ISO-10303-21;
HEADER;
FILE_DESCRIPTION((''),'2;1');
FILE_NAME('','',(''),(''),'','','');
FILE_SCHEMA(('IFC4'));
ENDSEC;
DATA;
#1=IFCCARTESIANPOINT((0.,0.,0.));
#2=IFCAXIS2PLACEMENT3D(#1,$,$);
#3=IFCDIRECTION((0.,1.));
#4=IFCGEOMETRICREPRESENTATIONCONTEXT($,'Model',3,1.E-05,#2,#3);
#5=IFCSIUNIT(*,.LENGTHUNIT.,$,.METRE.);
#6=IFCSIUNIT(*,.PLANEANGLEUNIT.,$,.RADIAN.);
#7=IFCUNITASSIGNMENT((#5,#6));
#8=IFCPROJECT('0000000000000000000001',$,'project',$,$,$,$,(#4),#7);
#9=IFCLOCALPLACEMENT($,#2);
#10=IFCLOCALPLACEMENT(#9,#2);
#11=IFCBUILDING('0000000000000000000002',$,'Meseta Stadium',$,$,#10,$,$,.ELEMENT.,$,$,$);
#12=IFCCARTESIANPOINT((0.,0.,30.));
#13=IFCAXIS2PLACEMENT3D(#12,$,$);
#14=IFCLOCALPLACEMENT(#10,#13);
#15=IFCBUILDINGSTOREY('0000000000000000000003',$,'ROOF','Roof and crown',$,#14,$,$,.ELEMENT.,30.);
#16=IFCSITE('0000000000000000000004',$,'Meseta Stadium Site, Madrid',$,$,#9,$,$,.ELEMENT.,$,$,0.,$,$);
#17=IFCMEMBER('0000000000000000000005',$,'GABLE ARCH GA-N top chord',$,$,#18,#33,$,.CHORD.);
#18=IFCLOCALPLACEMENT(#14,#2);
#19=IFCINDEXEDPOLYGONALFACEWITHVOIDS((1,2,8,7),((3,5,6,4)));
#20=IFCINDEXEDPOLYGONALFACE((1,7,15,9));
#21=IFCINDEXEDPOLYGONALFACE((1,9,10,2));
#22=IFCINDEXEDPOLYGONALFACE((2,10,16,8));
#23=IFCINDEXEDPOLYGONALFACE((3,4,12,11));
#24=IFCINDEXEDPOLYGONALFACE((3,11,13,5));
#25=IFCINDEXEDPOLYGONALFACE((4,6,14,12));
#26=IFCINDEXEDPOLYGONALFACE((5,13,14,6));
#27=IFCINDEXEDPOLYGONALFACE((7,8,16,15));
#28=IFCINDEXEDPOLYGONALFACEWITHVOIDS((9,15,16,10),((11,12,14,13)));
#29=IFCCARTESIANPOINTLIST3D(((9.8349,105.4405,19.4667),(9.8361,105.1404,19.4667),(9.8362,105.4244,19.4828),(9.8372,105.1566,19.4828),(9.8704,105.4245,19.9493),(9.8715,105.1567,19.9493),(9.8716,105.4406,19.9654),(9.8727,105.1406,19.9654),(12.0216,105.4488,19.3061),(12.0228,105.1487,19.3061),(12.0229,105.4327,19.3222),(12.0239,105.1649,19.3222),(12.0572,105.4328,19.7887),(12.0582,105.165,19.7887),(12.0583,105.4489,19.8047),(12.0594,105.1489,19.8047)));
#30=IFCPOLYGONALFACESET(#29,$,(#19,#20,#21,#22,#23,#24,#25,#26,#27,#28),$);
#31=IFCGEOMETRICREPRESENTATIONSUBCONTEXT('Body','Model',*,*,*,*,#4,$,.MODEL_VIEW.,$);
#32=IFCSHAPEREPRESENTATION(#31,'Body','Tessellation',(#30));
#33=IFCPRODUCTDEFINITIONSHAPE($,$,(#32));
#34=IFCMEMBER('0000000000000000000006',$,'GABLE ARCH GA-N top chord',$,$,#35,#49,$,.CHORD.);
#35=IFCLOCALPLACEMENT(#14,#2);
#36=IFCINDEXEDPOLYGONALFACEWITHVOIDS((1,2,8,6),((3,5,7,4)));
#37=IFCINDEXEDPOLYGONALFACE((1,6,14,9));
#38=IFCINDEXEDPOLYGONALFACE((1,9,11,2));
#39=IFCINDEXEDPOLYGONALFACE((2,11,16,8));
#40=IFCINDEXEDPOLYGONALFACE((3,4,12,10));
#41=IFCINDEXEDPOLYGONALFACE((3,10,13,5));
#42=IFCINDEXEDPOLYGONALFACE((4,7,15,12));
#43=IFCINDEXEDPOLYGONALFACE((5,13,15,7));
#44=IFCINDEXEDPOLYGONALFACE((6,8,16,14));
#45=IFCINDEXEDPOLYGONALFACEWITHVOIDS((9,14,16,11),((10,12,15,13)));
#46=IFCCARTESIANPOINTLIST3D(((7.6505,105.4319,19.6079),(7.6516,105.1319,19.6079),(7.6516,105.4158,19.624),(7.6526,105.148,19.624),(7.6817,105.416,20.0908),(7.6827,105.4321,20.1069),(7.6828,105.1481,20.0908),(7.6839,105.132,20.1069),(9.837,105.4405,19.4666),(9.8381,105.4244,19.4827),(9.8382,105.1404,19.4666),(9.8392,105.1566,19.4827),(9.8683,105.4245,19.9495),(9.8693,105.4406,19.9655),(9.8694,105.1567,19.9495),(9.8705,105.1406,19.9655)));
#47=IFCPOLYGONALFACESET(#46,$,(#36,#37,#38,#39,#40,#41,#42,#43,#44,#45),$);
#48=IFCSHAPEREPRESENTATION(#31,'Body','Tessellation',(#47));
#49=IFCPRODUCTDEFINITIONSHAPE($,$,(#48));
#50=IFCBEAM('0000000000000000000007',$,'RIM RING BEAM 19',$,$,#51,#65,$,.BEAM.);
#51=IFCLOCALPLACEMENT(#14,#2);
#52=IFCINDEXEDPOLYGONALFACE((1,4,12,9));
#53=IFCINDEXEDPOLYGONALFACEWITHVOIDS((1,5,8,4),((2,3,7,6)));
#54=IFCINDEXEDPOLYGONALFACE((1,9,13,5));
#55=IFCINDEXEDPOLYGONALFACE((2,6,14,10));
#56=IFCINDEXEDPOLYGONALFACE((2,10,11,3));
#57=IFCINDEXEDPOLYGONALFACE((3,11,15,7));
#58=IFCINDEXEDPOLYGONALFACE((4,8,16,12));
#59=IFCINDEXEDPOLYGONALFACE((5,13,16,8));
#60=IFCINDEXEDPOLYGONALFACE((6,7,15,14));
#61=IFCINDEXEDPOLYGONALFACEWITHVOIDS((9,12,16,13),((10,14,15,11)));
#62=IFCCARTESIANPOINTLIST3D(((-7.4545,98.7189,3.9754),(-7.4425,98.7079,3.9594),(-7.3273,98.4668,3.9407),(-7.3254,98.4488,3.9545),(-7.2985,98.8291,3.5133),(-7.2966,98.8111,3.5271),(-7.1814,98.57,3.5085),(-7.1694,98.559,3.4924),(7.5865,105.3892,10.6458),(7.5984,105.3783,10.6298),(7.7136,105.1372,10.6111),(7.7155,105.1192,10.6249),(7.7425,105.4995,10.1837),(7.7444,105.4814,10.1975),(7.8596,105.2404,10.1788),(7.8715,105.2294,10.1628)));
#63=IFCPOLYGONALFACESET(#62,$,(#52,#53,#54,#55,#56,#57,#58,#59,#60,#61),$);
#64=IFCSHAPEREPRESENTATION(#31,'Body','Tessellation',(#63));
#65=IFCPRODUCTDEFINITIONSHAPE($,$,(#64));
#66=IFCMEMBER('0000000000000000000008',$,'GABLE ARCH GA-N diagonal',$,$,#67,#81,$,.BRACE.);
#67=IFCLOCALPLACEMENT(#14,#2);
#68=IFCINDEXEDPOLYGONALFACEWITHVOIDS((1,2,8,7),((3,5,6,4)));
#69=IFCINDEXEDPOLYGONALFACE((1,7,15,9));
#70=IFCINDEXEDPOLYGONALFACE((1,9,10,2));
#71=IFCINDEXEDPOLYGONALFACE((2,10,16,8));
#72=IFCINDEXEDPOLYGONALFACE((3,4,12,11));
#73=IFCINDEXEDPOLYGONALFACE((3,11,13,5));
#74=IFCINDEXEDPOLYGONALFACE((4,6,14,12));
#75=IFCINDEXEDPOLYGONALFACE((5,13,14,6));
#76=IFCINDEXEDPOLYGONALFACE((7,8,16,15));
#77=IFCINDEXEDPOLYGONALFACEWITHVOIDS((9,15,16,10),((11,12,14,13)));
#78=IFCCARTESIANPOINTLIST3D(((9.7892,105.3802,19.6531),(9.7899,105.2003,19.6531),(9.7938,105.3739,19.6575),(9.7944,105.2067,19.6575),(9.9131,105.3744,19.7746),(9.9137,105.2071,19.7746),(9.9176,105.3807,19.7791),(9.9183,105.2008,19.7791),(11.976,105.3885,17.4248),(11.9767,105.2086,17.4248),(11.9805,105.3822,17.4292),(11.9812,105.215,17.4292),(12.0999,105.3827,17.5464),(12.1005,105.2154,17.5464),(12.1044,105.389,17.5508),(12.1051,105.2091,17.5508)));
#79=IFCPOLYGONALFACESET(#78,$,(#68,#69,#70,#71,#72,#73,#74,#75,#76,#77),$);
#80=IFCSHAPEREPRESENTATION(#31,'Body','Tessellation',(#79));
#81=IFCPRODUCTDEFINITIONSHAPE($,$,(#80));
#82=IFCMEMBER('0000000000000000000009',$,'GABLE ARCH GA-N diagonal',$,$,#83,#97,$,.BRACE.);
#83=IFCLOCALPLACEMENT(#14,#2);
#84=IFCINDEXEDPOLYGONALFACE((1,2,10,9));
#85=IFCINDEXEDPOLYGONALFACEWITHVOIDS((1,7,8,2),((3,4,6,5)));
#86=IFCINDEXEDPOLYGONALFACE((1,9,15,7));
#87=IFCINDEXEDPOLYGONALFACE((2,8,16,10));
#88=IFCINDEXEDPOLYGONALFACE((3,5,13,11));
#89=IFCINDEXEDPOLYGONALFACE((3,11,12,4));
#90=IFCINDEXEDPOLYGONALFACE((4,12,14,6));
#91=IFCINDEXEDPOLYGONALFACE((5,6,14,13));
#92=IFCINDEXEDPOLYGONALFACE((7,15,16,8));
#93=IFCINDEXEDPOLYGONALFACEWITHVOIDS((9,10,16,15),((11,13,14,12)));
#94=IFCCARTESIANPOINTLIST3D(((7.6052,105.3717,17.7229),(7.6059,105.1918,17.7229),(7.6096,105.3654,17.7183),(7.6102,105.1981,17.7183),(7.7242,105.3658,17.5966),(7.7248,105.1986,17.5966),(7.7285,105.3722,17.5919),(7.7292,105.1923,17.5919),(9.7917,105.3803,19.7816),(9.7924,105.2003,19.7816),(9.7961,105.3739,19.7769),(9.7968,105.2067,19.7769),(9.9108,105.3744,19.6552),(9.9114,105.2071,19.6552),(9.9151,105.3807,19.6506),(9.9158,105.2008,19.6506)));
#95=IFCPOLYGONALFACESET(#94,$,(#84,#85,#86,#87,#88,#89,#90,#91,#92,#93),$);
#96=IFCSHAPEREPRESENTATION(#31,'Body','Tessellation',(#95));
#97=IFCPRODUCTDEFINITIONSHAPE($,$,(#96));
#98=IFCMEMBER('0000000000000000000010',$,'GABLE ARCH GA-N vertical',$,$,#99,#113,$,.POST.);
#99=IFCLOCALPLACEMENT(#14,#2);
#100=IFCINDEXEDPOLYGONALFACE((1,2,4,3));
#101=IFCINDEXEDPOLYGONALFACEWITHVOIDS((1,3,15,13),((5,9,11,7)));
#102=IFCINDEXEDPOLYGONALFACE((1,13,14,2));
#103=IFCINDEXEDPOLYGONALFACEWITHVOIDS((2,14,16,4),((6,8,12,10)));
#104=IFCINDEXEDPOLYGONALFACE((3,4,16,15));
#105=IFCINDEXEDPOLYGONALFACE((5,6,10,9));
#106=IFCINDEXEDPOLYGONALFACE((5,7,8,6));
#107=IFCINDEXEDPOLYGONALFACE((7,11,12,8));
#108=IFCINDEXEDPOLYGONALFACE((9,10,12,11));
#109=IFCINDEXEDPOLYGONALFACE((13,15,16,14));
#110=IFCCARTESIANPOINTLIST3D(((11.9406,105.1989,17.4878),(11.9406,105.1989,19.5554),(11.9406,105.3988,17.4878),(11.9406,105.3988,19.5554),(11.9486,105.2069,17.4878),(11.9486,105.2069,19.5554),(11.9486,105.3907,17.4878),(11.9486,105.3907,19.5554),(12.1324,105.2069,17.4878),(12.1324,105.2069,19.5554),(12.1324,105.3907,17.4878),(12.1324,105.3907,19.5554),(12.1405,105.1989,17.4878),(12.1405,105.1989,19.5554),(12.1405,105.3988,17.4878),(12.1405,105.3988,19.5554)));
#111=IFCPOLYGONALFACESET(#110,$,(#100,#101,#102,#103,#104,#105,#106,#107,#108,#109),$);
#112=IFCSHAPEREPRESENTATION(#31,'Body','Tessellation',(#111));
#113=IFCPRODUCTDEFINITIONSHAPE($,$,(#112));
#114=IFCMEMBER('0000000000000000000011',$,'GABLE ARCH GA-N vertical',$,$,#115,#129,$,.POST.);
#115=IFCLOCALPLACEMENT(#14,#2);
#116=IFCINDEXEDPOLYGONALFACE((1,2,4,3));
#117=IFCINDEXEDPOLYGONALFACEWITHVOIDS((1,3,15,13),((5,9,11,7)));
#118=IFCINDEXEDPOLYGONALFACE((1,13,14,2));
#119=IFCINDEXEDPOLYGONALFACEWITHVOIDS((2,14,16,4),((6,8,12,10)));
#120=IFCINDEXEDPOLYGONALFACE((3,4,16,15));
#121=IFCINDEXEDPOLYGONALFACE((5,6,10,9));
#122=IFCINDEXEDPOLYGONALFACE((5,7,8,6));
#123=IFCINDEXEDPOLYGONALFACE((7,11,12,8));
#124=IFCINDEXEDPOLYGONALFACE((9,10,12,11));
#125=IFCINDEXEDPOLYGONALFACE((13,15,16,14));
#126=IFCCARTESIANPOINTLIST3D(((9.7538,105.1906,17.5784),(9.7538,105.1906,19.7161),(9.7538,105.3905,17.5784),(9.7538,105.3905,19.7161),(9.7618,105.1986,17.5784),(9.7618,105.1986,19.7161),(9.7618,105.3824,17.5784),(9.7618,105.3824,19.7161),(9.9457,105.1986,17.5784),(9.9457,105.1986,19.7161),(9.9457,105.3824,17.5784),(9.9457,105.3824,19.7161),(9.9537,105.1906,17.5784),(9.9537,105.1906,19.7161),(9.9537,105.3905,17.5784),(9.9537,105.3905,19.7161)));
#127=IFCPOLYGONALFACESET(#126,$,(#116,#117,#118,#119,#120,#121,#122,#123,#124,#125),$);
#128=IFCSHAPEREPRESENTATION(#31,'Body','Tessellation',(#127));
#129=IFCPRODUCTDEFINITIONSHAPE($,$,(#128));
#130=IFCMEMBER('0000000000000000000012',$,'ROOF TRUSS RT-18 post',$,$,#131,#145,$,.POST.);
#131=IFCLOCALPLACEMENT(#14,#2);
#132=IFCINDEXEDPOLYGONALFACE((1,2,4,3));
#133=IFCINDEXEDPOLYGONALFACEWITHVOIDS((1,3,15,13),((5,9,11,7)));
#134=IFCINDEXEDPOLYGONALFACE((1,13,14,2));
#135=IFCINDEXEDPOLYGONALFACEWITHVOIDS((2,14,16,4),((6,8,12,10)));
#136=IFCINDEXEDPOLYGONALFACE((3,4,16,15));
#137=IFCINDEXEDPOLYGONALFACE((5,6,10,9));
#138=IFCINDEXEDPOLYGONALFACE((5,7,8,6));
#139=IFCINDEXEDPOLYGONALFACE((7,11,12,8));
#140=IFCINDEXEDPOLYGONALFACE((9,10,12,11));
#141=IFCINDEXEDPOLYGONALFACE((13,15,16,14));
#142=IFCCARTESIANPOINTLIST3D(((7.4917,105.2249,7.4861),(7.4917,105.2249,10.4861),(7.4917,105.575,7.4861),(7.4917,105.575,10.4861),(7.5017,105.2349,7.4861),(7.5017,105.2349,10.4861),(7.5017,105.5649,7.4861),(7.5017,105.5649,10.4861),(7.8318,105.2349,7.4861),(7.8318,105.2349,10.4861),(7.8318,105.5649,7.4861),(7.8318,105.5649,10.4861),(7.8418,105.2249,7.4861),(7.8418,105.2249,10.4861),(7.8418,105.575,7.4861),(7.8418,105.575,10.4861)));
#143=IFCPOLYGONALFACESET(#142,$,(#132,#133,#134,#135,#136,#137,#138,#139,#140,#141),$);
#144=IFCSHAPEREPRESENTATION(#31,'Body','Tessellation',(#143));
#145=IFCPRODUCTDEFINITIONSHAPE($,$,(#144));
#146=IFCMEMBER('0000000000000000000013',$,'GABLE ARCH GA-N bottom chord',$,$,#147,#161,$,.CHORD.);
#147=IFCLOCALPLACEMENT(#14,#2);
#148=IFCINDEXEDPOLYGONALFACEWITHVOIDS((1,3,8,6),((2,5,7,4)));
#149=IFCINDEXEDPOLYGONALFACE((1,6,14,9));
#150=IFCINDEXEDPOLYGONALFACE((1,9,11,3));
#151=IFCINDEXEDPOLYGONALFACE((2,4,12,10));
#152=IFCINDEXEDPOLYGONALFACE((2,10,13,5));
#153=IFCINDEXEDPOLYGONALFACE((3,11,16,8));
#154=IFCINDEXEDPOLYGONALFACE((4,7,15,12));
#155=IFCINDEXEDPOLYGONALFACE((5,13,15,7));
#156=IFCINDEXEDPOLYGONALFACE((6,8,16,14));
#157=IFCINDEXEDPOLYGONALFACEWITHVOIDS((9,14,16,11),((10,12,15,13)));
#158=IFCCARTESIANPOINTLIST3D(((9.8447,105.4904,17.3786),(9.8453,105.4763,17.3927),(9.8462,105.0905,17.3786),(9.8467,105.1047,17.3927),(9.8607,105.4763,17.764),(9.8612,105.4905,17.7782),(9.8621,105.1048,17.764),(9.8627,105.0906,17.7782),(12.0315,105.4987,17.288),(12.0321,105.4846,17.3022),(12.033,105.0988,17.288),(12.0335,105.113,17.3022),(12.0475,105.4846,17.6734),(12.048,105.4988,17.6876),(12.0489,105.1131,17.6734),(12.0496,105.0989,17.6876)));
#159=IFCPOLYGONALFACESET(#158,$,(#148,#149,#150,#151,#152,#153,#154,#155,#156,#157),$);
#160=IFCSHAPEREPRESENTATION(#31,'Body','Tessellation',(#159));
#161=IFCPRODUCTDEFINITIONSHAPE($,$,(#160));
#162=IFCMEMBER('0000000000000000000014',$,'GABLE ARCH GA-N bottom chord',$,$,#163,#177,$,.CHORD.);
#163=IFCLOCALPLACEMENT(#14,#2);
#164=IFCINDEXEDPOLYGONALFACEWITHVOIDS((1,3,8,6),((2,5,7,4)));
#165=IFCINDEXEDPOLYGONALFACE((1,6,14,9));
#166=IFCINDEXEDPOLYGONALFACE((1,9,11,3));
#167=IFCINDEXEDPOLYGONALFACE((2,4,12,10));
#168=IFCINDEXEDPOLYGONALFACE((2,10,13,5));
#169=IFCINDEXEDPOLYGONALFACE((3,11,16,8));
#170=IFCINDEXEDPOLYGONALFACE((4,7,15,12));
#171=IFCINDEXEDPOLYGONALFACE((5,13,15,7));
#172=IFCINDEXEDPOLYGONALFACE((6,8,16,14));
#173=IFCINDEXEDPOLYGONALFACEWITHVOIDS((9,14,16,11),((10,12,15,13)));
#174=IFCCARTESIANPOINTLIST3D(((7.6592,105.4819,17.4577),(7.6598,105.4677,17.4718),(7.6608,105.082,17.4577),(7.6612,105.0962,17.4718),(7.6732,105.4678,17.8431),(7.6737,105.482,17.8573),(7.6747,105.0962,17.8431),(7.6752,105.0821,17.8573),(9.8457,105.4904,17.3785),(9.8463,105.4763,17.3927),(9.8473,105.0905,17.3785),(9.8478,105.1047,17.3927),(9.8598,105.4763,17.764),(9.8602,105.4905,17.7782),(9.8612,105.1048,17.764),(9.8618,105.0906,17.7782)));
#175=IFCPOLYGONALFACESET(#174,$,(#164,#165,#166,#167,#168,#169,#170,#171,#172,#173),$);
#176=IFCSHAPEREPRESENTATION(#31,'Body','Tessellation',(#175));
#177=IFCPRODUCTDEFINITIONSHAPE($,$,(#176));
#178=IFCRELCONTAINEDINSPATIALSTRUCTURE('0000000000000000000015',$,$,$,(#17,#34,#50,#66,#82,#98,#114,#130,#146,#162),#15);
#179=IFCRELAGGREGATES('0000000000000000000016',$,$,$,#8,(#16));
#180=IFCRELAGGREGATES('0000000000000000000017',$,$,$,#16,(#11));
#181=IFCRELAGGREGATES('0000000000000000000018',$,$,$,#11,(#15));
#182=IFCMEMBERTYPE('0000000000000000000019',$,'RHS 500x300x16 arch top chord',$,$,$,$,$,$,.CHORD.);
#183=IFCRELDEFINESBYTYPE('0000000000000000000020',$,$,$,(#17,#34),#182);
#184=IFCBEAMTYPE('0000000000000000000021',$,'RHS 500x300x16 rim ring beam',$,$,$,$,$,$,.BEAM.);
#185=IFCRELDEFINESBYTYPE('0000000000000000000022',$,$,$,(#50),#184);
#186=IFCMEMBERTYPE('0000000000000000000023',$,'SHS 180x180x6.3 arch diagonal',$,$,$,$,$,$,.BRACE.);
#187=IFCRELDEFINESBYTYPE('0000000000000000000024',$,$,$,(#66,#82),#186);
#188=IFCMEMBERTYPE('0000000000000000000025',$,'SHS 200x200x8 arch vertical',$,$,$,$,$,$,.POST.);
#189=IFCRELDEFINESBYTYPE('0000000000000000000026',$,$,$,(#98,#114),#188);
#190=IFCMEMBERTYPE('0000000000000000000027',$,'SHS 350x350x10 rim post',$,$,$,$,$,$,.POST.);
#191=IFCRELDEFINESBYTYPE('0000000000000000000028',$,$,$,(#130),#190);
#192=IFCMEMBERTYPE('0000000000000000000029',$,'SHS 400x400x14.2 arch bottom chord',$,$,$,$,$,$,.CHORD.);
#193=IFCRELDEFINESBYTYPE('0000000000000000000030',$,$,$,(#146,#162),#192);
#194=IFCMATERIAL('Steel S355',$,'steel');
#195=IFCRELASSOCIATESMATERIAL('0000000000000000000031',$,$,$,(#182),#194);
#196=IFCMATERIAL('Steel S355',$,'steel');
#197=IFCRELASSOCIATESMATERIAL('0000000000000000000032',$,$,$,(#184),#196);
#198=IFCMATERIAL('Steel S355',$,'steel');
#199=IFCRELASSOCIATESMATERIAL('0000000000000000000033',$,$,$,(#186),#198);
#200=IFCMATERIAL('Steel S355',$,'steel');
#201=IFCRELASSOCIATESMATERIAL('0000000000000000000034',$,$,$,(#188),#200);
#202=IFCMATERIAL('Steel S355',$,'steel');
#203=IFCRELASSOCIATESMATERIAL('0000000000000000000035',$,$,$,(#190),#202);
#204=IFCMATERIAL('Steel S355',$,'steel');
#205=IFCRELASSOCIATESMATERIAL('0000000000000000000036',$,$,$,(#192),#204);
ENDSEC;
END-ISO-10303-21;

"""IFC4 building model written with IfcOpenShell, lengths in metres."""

from ifc_helpers import new_model, si_unit, direction, frame, origin, origin_2d, place, context, subcontext, project, spatial, hollow_rectangle, extrude, material, material_profile, profile_set, type_object, element, save


model = new_model("IFC4")

# Units and contexts
model_context = context("Model", 3, precision=1e-05, world=origin(), true_north=direction((0.0, 1.0)))
body_context = subcontext(model_context, "Body", "Model", "MODEL_VIEW")
ifc_project = project(units=[si_unit("LENGTHUNIT", "METRE"), si_unit("PLANEANGLEUNIT", "RADIAN")], contexts=[model_context])

# Site, building, storey
site_placement = place(None, origin())
site = spatial("IfcSite", under=ifc_project, at=site_placement, Name="Meseta Stadium Site, Madrid", CompositionType="ELEMENT", RefElevation=0.0)
building_placement = place(site_placement, origin())
building = spatial("IfcBuilding", under=site, at=building_placement, Name="Meseta Stadium", CompositionType="ELEMENT")
storey_placement = place(building_placement, frame((0.0, 0.0, 30.0)))
storey = spatial("IfcBuildingStorey", under=building, at=storey_placement, Name="ROOF", Description="Roof and crown", CompositionType="ELEMENT", Elevation=30.0)

# Members
ifc_material_1 = material(Name="Steel S355", Category="steel")
ifc_material_profile_1 = material_profile(ifc_material_1, hollow_rectangle(XDim=0.3, YDim=0.5, WallThickness=0.0161, at=origin_2d()), Name="RHS 500x300x16")
ifc_profile_set_1 = profile_set([ifc_material_profile_1], Name="Steel S355")
member_type_1 = type_object("IfcMemberType", Name="RHS 500x300x16 arch top chord", PredefinedType="CHORD", material=ifc_profile_set_1)
member_1_placement = place(storey_placement, frame((12.0405, 105.2988, 19.5554), z_axis=(-0.997305, -0.003786, 0.073264), x_axis=(0.003796, -0.999993, 0.0)))
element("IfcMember", 1, at=member_1_placement, inside=storey, type_object=member_type_1, Name="GABLE ARCH GA-N top chord", PredefinedType="CHORD", context=body_context, shape_type="SweptSolid", body=[
    extrude(hollow_rectangle(XDim=0.3, YDim=0.5, WallThickness=0.0161, at=origin_2d()), origin(), (0.0, 0.0, 1.0), 2.1926),
])
member_2_placement = place(storey_placement, frame((9.8538, 105.2905, 19.7161), z_axis=(-0.997909, -0.0039, 0.064514), x_axis=(0.003908, -0.999992, 0.0)))
element("IfcMember", 2, at=member_2_placement, inside=storey, type_object=member_type_1, Name="GABLE ARCH GA-N top chord", PredefinedType="CHORD", context=body_context, shape_type="SweptSolid", body=[
    extrude(hollow_rectangle(XDim=0.3, YDim=0.5, WallThickness=0.0161, at=origin_2d()), origin(), (0.0, 0.0, 1.0), 2.1912),
])

# Beam
ifc_material_2 = material(Name="Steel S355", Category="steel")
ifc_material_profile_2 = material_profile(ifc_material_2, hollow_rectangle(XDim=0.3, YDim=0.5, WallThickness=0.0161, at=origin_2d()), Name="RHS 500x300x16")
ifc_profile_set_2 = profile_set([ifc_material_profile_2], Name="Steel S355")
beam_type = type_object("IfcBeamType", Name="RHS 500x300x16 rim ring beam", PredefinedType="BEAM", material=ifc_profile_set_2)
beam_placement = place(storey_placement, frame((7.729, 105.3093, 10.4043), z_axis=(-0.847168, -0.375703, -0.375703), x_axis=(0.430047, -0.900121, -0.069586)))
element("IfcBeam", 3, at=beam_placement, inside=storey, type_object=beam_type, Name="RIM RING BEAM 19", PredefinedType="BEAM", context=body_context, shape_type="SweptSolid", body=[
    extrude(hollow_rectangle(XDim=0.3, YDim=0.5, WallThickness=0.0161, at=origin_2d()), origin(), (0.0, 0.0, 1.0), 17.7544),
])

# Members
ifc_material_3 = material(Name="Steel S355", Category="steel")
ifc_material_profile_3 = material_profile(ifc_material_3, hollow_rectangle(XDim=0.1799, YDim=0.1799, WallThickness=0.0063, at=origin_2d()), Name="SHS 180x180x6.3")
ifc_profile_set_3 = profile_set([ifc_material_profile_3], Name="Steel S355")
member_type_2 = type_object("IfcMemberType", Name="SHS 180x180x6.3 arch diagonal", PredefinedType="BRACE", material=ifc_profile_set_3)
member_3_placement = place(storey_placement, frame((12.0405, 105.2988, 17.4878), z_axis=(-0.700426, -0.002659, 0.71372), x_axis=(0.003796, -0.999993, 0.0)))
element("IfcMember", 4, at=member_3_placement, inside=storey, type_object=member_type_2, Name="GABLE ARCH GA-N diagonal", PredefinedType="BRACE", context=body_context, shape_type="SweptSolid", body=[
    extrude(hollow_rectangle(XDim=0.1799, YDim=0.1799, WallThickness=0.0063, at=origin_2d()), origin(), (0.0, 0.0, 1.0), 3.1221),
])
member_4_placement = place(storey_placement, frame((9.8538, 105.2905, 19.7161), z_axis=(-0.728082, -0.002845, -0.685484), x_axis=(0.003908, -0.999992, 0.0)))
element("IfcMember", 5, at=member_4_placement, inside=storey, type_object=member_type_2, Name="GABLE ARCH GA-N diagonal", PredefinedType="BRACE", context=body_context, shape_type="SweptSolid", body=[
    extrude(hollow_rectangle(XDim=0.1799, YDim=0.1799, WallThickness=0.0063, at=origin_2d()), origin(), (0.0, 0.0, 1.0), 3.0032),
])
ifc_material_4 = material(Name="Steel S355", Category="steel")
ifc_material_profile_4 = material_profile(ifc_material_4, hollow_rectangle(XDim=0.2, YDim=0.2, WallThickness=0.0081, at=origin_2d()), Name="SHS 200x200x8")
ifc_profile_set_4 = profile_set([ifc_material_profile_4], Name="Steel S355")
member_type_3 = type_object("IfcMemberType", Name="SHS 200x200x8 arch vertical", PredefinedType="POST", material=ifc_profile_set_4)
member_5_placement = place(storey_placement, frame((12.0405, 105.2988, 17.4878), z_axis=(0.0, 0.0, 1.0), x_axis=(1.0, 0.0, 0.0)))
element("IfcMember", 6, at=member_5_placement, inside=storey, type_object=member_type_3, Name="GABLE ARCH GA-N vertical", PredefinedType="POST", context=body_context, shape_type="SweptSolid", body=[
    extrude(hollow_rectangle(XDim=0.2, YDim=0.2, WallThickness=0.0081, at=origin_2d()), origin(), (0.0, 0.0, 1.0), 2.0676),
])
member_6_placement = place(storey_placement, frame((9.8538, 105.2905, 17.5784), z_axis=(0.0, 0.0, 1.0), x_axis=(1.0, 0.0, 0.0)))
element("IfcMember", 7, at=member_6_placement, inside=storey, type_object=member_type_3, Name="GABLE ARCH GA-N vertical", PredefinedType="POST", context=body_context, shape_type="SweptSolid", body=[
    extrude(hollow_rectangle(XDim=0.2, YDim=0.2, WallThickness=0.0081, at=origin_2d()), origin(), (0.0, 0.0, 1.0), 2.1377),
])
ifc_material_5 = material(Name="Steel S355", Category="steel")
ifc_material_profile_5 = material_profile(ifc_material_5, hollow_rectangle(XDim=0.3501, YDim=0.3501, WallThickness=0.01, at=origin_2d()), Name="SHS 350x350x10")
ifc_profile_set_5 = profile_set([ifc_material_profile_5], Name="Steel S355")
member_type_4 = type_object("IfcMemberType", Name="SHS 350x350x10 rim post", PredefinedType="POST", material=ifc_profile_set_5)
member_7_placement = place(storey_placement, frame((7.6667, 105.3999, 7.4861), z_axis=(0.0, 0.0, 1.0), x_axis=(1.0, 0.0, 0.0)))
element("IfcMember", 8, at=member_7_placement, inside=storey, type_object=member_type_4, Name="ROOF TRUSS RT-18 post", PredefinedType="POST", context=body_context, shape_type="SweptSolid", body=[
    extrude(hollow_rectangle(XDim=0.3501, YDim=0.3501, WallThickness=0.01, at=origin_2d()), origin(), (0.0, 0.0, 1.0), 3.0),
])
ifc_material_6 = material(Name="Steel S355", Category="steel")
ifc_material_profile_6 = material_profile(ifc_material_6, hollow_rectangle(XDim=0.3999, YDim=0.3999, WallThickness=0.0142, at=origin_2d()), Name="SHS 400x400x14.2")
ifc_profile_set_6 = profile_set([ifc_material_profile_6], Name="Steel S355")
member_type_5 = type_object("IfcMemberType", Name="SHS 400x400x14.2 arch bottom chord", PredefinedType="CHORD", material=ifc_profile_set_6)
member_8_placement = place(storey_placement, frame((12.0405, 105.2988, 17.4878), z_axis=(-0.999136, -0.003793, 0.041384), x_axis=(0.003796, -0.999993, 0.0)))
element("IfcMember", 9, at=member_8_placement, inside=storey, type_object=member_type_5, Name="GABLE ARCH GA-N bottom chord", PredefinedType="CHORD", context=body_context, shape_type="SweptSolid", body=[
    extrude(hollow_rectangle(XDim=0.3999, YDim=0.3999, WallThickness=0.0142, at=origin_2d()), origin(), (0.0, 0.0, 1.0), 2.1887),
])
member_9_placement = place(storey_placement, frame((9.8538, 105.2905, 17.5784), z_axis=(-0.999339, -0.003905, 0.036153), x_axis=(0.003908, -0.999992, 0.0)))
element("IfcMember", 10, at=member_9_placement, inside=storey, type_object=member_type_5, Name="GABLE ARCH GA-N bottom chord", PredefinedType="CHORD", context=body_context, shape_type="SweptSolid", body=[
    extrude(hollow_rectangle(XDim=0.3999, YDim=0.3999, WallThickness=0.0142, at=origin_2d()), origin(), (0.0, 0.0, 1.0), 2.188),
])

save(model, "model.ifc")
